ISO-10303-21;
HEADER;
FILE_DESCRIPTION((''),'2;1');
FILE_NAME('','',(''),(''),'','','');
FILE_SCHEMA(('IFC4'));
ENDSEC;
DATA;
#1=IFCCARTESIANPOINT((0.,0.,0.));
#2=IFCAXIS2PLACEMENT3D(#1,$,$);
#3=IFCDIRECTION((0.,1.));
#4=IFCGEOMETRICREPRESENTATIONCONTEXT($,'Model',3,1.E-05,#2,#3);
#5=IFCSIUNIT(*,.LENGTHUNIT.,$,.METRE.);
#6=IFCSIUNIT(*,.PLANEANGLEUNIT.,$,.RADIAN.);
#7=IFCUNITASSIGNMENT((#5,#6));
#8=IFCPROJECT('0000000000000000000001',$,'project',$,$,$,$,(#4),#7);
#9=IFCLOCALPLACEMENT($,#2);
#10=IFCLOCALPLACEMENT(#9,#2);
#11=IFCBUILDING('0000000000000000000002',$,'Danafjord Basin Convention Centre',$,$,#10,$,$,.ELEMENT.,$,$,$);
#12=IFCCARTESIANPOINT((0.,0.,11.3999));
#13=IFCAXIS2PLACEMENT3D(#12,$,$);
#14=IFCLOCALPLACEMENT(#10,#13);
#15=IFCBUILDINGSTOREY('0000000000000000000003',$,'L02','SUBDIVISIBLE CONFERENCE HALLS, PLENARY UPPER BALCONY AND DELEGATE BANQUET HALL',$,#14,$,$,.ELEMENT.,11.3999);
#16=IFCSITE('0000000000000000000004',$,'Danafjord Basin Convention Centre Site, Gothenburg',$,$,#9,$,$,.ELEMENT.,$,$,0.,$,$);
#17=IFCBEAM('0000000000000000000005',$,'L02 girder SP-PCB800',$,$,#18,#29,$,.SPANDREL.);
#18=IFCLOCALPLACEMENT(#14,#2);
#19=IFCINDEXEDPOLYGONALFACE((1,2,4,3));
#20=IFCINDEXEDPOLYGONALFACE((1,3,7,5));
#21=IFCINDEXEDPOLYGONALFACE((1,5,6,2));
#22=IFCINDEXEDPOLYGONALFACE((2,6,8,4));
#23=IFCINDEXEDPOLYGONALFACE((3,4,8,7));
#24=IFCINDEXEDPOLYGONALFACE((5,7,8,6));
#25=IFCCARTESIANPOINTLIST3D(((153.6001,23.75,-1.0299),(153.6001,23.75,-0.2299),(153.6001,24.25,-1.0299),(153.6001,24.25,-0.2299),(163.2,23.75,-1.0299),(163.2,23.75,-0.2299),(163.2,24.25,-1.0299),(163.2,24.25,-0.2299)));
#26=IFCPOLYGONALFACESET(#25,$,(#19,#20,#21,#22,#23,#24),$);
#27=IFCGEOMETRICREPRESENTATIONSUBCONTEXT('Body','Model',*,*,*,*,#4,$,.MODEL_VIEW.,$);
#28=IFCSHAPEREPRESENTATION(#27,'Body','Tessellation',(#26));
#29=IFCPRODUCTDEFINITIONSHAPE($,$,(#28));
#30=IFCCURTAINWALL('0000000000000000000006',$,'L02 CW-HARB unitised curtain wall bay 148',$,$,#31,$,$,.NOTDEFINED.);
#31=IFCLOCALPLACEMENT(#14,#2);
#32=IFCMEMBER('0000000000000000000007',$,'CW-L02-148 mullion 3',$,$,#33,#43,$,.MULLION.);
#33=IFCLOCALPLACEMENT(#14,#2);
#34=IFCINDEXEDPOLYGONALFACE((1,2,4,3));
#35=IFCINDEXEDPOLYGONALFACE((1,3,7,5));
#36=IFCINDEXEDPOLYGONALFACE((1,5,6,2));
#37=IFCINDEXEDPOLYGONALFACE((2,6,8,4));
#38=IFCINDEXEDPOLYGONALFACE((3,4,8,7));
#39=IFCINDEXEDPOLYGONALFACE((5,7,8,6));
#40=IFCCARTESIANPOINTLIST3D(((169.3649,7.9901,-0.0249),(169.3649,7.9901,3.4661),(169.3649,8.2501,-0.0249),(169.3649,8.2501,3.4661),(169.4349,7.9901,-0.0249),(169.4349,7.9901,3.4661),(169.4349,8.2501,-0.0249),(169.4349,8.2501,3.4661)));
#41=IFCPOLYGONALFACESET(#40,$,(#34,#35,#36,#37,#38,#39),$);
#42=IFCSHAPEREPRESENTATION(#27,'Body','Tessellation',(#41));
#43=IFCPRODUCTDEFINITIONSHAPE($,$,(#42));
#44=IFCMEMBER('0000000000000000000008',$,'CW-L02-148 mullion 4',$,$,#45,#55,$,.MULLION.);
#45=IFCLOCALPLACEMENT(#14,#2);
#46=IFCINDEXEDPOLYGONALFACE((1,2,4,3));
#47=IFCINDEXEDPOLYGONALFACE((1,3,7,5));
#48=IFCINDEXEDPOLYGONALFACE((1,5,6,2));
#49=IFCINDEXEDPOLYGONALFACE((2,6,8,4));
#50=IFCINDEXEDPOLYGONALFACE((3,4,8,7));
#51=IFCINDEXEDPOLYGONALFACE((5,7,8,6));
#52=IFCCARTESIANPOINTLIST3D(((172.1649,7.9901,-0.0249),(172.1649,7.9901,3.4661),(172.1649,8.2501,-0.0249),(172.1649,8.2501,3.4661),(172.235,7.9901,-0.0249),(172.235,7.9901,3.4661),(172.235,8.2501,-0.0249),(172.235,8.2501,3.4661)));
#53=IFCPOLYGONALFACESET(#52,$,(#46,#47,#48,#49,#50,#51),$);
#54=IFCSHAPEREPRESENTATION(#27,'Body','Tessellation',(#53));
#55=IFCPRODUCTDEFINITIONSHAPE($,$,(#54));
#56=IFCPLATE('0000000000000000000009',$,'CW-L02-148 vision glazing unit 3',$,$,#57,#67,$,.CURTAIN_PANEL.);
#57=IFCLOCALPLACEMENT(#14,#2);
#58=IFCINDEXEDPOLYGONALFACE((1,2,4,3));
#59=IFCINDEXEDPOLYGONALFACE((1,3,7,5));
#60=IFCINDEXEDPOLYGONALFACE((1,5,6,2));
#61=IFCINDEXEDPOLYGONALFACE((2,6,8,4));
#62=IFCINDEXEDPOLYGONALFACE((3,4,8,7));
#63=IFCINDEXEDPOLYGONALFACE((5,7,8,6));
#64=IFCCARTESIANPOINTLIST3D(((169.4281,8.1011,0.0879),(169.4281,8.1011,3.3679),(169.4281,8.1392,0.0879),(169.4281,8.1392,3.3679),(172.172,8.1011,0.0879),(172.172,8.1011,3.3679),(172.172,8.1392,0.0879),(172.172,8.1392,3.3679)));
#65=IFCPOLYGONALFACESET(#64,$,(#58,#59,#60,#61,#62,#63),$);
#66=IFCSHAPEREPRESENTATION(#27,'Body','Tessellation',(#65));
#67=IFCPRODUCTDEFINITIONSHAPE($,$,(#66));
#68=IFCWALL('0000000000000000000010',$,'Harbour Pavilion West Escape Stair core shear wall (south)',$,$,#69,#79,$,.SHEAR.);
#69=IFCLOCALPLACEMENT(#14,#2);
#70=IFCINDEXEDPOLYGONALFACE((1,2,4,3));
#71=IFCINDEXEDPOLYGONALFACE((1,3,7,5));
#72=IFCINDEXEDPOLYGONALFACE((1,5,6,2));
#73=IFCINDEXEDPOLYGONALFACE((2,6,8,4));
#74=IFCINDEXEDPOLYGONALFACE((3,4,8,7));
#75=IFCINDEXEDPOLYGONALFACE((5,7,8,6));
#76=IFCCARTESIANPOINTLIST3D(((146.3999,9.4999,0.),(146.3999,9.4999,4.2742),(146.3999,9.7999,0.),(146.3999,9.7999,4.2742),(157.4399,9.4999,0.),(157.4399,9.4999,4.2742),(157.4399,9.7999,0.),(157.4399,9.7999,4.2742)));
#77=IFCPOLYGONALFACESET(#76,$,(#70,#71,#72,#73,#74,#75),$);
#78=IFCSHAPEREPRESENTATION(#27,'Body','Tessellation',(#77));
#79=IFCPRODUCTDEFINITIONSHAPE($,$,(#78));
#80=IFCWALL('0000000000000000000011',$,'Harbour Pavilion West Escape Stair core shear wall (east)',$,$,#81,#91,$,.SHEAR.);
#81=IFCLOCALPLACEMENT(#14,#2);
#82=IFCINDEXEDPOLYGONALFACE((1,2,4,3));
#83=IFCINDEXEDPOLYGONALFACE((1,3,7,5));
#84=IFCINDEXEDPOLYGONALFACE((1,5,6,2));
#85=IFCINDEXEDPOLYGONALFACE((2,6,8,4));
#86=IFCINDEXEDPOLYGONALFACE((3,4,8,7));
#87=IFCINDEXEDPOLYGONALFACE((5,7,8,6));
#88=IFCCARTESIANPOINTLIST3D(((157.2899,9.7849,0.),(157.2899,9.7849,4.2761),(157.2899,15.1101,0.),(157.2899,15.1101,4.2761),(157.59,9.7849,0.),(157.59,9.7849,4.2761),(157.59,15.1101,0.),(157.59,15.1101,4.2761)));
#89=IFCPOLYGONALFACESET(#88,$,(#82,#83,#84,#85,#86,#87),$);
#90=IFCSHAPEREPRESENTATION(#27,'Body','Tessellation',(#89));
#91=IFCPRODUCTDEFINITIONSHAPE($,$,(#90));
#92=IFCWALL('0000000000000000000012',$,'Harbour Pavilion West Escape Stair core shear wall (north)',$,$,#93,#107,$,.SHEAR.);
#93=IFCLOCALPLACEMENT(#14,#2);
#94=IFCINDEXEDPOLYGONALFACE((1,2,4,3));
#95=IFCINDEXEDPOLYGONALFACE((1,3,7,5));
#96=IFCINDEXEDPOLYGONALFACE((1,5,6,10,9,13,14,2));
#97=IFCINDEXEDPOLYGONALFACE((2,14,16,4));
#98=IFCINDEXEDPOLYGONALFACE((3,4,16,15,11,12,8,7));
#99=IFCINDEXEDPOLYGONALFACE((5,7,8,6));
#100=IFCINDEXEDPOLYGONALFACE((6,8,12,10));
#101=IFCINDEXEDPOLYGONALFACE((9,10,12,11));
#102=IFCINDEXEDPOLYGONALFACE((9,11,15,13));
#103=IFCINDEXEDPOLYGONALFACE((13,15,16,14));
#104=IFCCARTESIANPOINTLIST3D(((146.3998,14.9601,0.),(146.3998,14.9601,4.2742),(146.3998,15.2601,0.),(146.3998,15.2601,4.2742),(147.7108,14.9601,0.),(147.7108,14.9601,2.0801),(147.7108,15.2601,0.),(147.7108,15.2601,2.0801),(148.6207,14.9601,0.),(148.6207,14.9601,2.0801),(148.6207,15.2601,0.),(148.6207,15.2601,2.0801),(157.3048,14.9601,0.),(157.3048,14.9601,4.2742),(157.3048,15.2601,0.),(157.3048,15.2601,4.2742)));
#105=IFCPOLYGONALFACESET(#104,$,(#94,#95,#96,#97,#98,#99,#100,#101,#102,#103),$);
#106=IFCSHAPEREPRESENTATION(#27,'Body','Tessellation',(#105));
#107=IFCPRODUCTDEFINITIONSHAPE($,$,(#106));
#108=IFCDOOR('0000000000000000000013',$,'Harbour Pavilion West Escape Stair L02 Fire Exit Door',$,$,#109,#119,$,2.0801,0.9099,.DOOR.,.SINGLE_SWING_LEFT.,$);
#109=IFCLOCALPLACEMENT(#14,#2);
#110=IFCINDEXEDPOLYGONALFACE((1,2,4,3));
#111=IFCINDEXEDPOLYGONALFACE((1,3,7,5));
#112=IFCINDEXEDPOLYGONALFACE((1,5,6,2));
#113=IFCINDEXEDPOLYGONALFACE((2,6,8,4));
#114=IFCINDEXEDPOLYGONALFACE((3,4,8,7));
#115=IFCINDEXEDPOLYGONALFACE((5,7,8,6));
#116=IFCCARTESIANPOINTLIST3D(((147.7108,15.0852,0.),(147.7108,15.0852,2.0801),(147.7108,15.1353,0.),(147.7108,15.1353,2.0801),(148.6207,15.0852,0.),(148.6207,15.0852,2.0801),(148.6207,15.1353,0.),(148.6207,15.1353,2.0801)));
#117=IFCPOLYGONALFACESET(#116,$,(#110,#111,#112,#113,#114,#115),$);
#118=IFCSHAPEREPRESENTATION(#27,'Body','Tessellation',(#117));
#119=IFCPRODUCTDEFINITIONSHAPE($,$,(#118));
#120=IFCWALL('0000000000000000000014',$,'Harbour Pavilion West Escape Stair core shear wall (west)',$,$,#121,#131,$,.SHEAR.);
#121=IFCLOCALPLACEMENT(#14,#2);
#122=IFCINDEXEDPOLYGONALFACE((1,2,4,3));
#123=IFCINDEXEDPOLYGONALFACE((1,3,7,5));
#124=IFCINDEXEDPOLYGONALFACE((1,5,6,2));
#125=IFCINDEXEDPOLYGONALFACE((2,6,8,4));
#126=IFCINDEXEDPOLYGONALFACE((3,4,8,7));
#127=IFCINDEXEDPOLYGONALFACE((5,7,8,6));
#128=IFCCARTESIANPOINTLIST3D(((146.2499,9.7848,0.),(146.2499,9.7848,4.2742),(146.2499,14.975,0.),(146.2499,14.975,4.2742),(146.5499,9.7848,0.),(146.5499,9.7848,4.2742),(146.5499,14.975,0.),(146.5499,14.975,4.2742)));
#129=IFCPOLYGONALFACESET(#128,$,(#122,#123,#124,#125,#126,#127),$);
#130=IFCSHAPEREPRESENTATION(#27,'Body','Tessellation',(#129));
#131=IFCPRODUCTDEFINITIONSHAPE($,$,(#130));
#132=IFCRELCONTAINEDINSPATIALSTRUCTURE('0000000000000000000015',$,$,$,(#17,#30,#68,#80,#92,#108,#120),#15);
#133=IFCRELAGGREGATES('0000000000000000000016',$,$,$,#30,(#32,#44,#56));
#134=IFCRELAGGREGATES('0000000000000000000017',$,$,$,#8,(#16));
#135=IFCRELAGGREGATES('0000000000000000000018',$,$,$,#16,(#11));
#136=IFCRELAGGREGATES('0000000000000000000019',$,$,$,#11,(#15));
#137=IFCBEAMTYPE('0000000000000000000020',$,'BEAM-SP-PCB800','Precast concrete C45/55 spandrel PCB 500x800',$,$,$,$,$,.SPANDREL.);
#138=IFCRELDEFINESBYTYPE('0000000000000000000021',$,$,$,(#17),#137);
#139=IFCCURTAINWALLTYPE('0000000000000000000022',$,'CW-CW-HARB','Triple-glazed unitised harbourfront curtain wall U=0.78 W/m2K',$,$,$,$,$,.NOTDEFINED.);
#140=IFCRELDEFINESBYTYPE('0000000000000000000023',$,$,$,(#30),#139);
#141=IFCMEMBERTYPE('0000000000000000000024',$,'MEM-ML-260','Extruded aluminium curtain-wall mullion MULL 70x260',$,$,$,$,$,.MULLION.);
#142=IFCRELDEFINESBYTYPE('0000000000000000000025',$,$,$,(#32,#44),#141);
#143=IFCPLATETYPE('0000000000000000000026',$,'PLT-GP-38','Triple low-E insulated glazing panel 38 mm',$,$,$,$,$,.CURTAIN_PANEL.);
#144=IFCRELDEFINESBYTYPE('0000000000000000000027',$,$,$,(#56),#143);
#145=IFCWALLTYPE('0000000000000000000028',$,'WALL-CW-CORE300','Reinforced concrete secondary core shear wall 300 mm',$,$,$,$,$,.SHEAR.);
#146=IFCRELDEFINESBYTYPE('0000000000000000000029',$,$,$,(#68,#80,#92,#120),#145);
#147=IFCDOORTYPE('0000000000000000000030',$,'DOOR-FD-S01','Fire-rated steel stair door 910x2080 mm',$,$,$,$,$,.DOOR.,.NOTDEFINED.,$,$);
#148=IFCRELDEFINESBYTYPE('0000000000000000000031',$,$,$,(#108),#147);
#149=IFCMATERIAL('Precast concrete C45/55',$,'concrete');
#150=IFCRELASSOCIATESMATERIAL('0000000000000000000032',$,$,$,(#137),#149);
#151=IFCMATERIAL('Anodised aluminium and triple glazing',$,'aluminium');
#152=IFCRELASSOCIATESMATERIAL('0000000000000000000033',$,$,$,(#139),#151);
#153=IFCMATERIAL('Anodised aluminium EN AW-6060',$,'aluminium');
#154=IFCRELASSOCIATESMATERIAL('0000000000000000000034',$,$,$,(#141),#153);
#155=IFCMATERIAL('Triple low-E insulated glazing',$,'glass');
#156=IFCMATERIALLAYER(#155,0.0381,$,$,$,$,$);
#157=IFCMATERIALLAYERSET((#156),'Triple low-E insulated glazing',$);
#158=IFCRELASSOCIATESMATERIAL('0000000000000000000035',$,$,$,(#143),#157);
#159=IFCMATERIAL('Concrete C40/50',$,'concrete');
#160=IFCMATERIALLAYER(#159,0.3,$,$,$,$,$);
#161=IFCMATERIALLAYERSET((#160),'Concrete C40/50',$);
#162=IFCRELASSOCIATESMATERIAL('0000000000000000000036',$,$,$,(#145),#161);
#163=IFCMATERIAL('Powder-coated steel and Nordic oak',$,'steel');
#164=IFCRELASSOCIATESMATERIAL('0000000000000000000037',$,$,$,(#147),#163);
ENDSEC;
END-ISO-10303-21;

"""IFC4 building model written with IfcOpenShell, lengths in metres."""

from ifc_helpers import new_model, si_unit, direction, frame, frame_2d, origin, origin_2d, place, context, subcontext, project, spatial, rectangle, extrude, material, layer, layer_set, material_profile, profile_set, type_object, element, fill, aggregate, save


model = new_model("IFC4")

# Units and contexts
model_context = context("Model", 3, precision=1e-05, world=origin(), true_north=direction((0.0, 1.0)))
body_context = subcontext(model_context, "Body", "Model", "MODEL_VIEW")
ifc_project = project(units=[si_unit("LENGTHUNIT", "METRE"), si_unit("PLANEANGLEUNIT", "RADIAN")], contexts=[model_context])

# Site, building, storey
site_placement = place(None, origin())
site = spatial("IfcSite", under=ifc_project, at=site_placement, Name="Danafjord Basin Convention Centre Site, Gothenburg", CompositionType="ELEMENT", RefElevation=0.0)
building_placement = place(site_placement, origin())
building = spatial("IfcBuilding", under=site, at=building_placement, Name="Danafjord Basin Convention Centre", CompositionType="ELEMENT")
storey_placement = place(building_placement, frame((0.0, 0.0, 11.3999)))
storey = spatial("IfcBuildingStorey", under=building, at=storey_placement, Name="L02", Description="SUBDIVISIBLE CONFERENCE HALLS, PLENARY UPPER BALCONY AND DELEGATE BANQUET HALL", CompositionType="ELEMENT", Elevation=11.3999)

# Beam
ifc_material_1 = material(Name="Precast concrete C45/55", Category="concrete")
ifc_material_profile_1 = material_profile(ifc_material_1, rectangle(XDim=0.5, YDim=0.8, at=origin_2d()), Name="PCB 500x800")
ifc_profile_set_1 = profile_set([ifc_material_profile_1], Name="Precast concrete C45/55")
beam_type_1 = type_object("IfcBeamType", Name="BEAM-SP-PCB800", Description="Precast concrete C45/55 spandrel PCB 500x800", PredefinedType="SPANDREL", material=ifc_profile_set_1)
beam_1_placement = place(storey_placement, frame((153.6001, 24.0, -0.6299), z_axis=(1.0, 0.0, 0.0), x_axis=(0.0, 1.0, 0.0)))
element("IfcBeam", 1, at=beam_1_placement, inside=storey, type_object=beam_type_1, Name="L02 girder SP-PCB800", PredefinedType="SPANDREL", context=body_context, shape_type="SweptSolid", body=[
    extrude(rectangle(XDim=0.5, YDim=0.8, at=origin_2d()), origin(), (0.0, 0.0, 1.0), 9.5999),
])

# Curtain wall, members, plate
ifc_material_2 = material(Name="Anodised aluminium and triple glazing", Category="aluminium")
curtain_wall_type = type_object("IfcCurtainWallType", Name="CW-CW-HARB", Description="Triple-glazed unitised harbourfront curtain wall U=0.78 W/m2K", PredefinedType="NOTDEFINED", material=ifc_material_2)
curtain_wall_placement = place(storey_placement, origin())
curtain_wall = element("IfcCurtainWall", 2, at=curtain_wall_placement, inside=storey, type_object=curtain_wall_type, Name="L02 CW-HARB unitised curtain wall bay 148", PredefinedType="NOTDEFINED")
ifc_material_3 = material(Name="Anodised aluminium EN AW-6060", Category="aluminium")
ifc_material_profile_2 = material_profile(ifc_material_3, rectangle(XDim=0.0701, YDim=0.26, at=origin_2d()), Name="MULL 70x260")
ifc_profile_set_2 = profile_set([ifc_material_profile_2], Name="Anodised aluminium EN AW-6060")
member_type = type_object("IfcMemberType", Name="MEM-ML-260", Description="Extruded aluminium curtain-wall mullion MULL 70x260", PredefinedType="MULLION", material=ifc_profile_set_2)
member_1_placement = place(storey_placement, frame((169.3999, 8.1201, -0.0249), z_axis=(0.0, 0.0, 1.0), x_axis=(1.0, 0.0, 0.0)))
member_1 = element("IfcMember", 3, at=member_1_placement, type_object=member_type, Name="CW-L02-148 mullion 3", PredefinedType="MULLION", context=body_context, shape_type="SweptSolid", body=[
    extrude(rectangle(XDim=0.0701, YDim=0.26, at=origin_2d()), origin(), (0.0, 0.0, 1.0), 3.491),
])
member_2_placement = place(storey_placement, frame((172.2, 8.1201, -0.0249), z_axis=(0.0, 0.0, 1.0), x_axis=(1.0, 0.0, 0.0)))
member_2 = element("IfcMember", 4, at=member_2_placement, type_object=member_type, Name="CW-L02-148 mullion 4", PredefinedType="MULLION", context=body_context, shape_type="SweptSolid", body=[
    extrude(rectangle(XDim=0.0701, YDim=0.26, at=origin_2d()), origin(), (0.0, 0.0, 1.0), 3.491),
])
ifc_material_4 = material(Name="Triple low-E insulated glazing", Category="glass")
ifc_layer_1 = layer(ifc_material_4, 0.0381)
ifc_layer_set_1 = layer_set([ifc_layer_1], Name="Triple low-E insulated glazing")
plate_type = type_object("IfcPlateType", Name="PLT-GP-38", Description="Triple low-E insulated glazing panel 38 mm", PredefinedType="CURTAIN_PANEL", material=ifc_layer_set_1)
plate_placement = place(storey_placement, frame((170.8, 8.1201, 0.0879), z_axis=(0.0, 0.0, 1.0), x_axis=(1.0, 0.0, 0.0)))
plate = element("IfcPlate", 5, at=plate_placement, type_object=plate_type, Name="CW-L02-148 vision glazing unit 3", PredefinedType="CURTAIN_PANEL", context=body_context, shape_type="SweptSolid", body=[
    extrude(rectangle(XDim=2.7439, YDim=0.0381, at=origin_2d()), origin(), (0.0, 0.0, 1.0), 3.28),
])
aggregate(curtain_wall, [member_1, member_2, plate])

# Walls
ifc_material_5 = material(Name="Concrete C40/50", Category="concrete")
ifc_layer_2 = layer(ifc_material_5, 0.3)
ifc_layer_set_2 = layer_set([ifc_layer_2], Name="Concrete C40/50")
wall_type_1 = type_object("IfcWallType", Name="WALL-CW-CORE300", Description="Reinforced concrete secondary core shear wall 300 mm", PredefinedType="SHEAR", material=ifc_layer_set_2)
wall_1_placement = place(storey_placement, frame((146.3999, 9.6499, 0.0), z_axis=(0.0, 0.0, 1.0), x_axis=(1.0, 0.0, 0.0)))
element("IfcWall", 6, at=wall_1_placement, inside=storey, type_object=wall_type_1, Name="Harbour Pavilion West Escape Stair core shear wall (south)", PredefinedType="SHEAR", context=body_context, shape_type="SweptSolid", body=[
    extrude(rectangle(XDim=11.04, YDim=0.3, at=frame_2d((5.52, 0.0))), origin(), (0.0, 0.0, 1.0), 4.2742),
])
wall_2_placement = place(storey_placement, frame((157.4399, 9.7849, 0.0), z_axis=(0.0, 0.0, 1.0), x_axis=(0.0, 1.0, 0.0)))
element("IfcWall", 7, at=wall_2_placement, inside=storey, type_object=wall_type_1, Name="Harbour Pavilion West Escape Stair core shear wall (east)", PredefinedType="SHEAR", context=body_context, shape_type="SweptSolid", body=[
    extrude(rectangle(XDim=5.3252, YDim=0.3, at=frame_2d((2.6626, 0.0))), origin(), (0.0, 0.0, 1.0), 4.2761),
])

# Wall, opening, door
wall_3_placement = place(storey_placement, frame((157.3049, 15.1101, 0.0), z_axis=(0.0, 0.0, 1.0), x_axis=(-1.0, 0.0, 0.0)))
wall_3 = element("IfcWall", 8, at=wall_3_placement, inside=storey, type_object=wall_type_1, Name="Harbour Pavilion West Escape Stair core shear wall (north)", PredefinedType="SHEAR", context=body_context, shape_type="SweptSolid", body=[
    extrude(rectangle(XDim=10.905, YDim=0.3, at=frame_2d((5.4526, 0.0))), origin(), (0.0, 0.0, 1.0), 4.2742),
])
opening_1_placement = place(wall_3_placement, frame((8.6841, 0.0, 0.0)))
opening_1 = element("IfcOpeningElement", 9, at=opening_1_placement, cuts=wall_3, PredefinedType="OPENING", context=body_context, shape_type="SweptSolid", body=[
    extrude(rectangle(XDim=0.9099, YDim=2.0801, at=frame_2d((0.4551, 1.04))), frame((0.0, 0.1599, 0.0), z_axis=(0.0, -1.0, 0.0), x_axis=(1.0, 0.0, 0.0)), (0.0, 0.0, 1.0), 0.3201),
])
ifc_material_6 = material(Name="Powder-coated steel and Nordic oak", Category="steel")
door_type_1 = type_object("IfcDoorType", Name="DOOR-FD-S01", Description="Fire-rated steel stair door 910x2080 mm", OperationType="NOTDEFINED", PredefinedType="DOOR", material=ifc_material_6)
door_1_placement = place(opening_1_placement, origin())
door_1 = element("IfcDoor", 10, at=door_1_placement, inside=storey, type_object=door_type_1, Name="Harbour Pavilion West Escape Stair L02 Fire Exit Door", OperationType="SINGLE_SWING_LEFT", OverallHeight=2.0801, OverallWidth=0.9099, PredefinedType="DOOR", context=body_context, shape_type="SweptSolid", body=[
    extrude(rectangle(XDim=0.9099, YDim=2.0801, at=frame_2d((0.4551, 1.04))), frame((0.0, 0.0249, 0.0), z_axis=(0.0, -1.0, 0.0), x_axis=(1.0, 0.0, 0.0)), (0.0, 0.0, 1.0), 0.05),
])
fill(opening_1, door_1)

# Wall
wall_4_placement = place(storey_placement, frame((146.3999, 14.9751, 0.0), z_axis=(0.0, 0.0, 1.0), x_axis=(0.0, -1.0, 0.0)))
element("IfcWall", 11, at=wall_4_placement, inside=storey, type_object=wall_type_1, Name="Harbour Pavilion West Escape Stair core shear wall (west)", PredefinedType="SHEAR", context=body_context, shape_type="SweptSolid", body=[
    extrude(rectangle(XDim=5.1902, YDim=0.3, at=frame_2d((2.5952, 0.0))), origin(), (0.0, 0.0, 1.0), 4.2742),
])

save(model, "model.ifc")
